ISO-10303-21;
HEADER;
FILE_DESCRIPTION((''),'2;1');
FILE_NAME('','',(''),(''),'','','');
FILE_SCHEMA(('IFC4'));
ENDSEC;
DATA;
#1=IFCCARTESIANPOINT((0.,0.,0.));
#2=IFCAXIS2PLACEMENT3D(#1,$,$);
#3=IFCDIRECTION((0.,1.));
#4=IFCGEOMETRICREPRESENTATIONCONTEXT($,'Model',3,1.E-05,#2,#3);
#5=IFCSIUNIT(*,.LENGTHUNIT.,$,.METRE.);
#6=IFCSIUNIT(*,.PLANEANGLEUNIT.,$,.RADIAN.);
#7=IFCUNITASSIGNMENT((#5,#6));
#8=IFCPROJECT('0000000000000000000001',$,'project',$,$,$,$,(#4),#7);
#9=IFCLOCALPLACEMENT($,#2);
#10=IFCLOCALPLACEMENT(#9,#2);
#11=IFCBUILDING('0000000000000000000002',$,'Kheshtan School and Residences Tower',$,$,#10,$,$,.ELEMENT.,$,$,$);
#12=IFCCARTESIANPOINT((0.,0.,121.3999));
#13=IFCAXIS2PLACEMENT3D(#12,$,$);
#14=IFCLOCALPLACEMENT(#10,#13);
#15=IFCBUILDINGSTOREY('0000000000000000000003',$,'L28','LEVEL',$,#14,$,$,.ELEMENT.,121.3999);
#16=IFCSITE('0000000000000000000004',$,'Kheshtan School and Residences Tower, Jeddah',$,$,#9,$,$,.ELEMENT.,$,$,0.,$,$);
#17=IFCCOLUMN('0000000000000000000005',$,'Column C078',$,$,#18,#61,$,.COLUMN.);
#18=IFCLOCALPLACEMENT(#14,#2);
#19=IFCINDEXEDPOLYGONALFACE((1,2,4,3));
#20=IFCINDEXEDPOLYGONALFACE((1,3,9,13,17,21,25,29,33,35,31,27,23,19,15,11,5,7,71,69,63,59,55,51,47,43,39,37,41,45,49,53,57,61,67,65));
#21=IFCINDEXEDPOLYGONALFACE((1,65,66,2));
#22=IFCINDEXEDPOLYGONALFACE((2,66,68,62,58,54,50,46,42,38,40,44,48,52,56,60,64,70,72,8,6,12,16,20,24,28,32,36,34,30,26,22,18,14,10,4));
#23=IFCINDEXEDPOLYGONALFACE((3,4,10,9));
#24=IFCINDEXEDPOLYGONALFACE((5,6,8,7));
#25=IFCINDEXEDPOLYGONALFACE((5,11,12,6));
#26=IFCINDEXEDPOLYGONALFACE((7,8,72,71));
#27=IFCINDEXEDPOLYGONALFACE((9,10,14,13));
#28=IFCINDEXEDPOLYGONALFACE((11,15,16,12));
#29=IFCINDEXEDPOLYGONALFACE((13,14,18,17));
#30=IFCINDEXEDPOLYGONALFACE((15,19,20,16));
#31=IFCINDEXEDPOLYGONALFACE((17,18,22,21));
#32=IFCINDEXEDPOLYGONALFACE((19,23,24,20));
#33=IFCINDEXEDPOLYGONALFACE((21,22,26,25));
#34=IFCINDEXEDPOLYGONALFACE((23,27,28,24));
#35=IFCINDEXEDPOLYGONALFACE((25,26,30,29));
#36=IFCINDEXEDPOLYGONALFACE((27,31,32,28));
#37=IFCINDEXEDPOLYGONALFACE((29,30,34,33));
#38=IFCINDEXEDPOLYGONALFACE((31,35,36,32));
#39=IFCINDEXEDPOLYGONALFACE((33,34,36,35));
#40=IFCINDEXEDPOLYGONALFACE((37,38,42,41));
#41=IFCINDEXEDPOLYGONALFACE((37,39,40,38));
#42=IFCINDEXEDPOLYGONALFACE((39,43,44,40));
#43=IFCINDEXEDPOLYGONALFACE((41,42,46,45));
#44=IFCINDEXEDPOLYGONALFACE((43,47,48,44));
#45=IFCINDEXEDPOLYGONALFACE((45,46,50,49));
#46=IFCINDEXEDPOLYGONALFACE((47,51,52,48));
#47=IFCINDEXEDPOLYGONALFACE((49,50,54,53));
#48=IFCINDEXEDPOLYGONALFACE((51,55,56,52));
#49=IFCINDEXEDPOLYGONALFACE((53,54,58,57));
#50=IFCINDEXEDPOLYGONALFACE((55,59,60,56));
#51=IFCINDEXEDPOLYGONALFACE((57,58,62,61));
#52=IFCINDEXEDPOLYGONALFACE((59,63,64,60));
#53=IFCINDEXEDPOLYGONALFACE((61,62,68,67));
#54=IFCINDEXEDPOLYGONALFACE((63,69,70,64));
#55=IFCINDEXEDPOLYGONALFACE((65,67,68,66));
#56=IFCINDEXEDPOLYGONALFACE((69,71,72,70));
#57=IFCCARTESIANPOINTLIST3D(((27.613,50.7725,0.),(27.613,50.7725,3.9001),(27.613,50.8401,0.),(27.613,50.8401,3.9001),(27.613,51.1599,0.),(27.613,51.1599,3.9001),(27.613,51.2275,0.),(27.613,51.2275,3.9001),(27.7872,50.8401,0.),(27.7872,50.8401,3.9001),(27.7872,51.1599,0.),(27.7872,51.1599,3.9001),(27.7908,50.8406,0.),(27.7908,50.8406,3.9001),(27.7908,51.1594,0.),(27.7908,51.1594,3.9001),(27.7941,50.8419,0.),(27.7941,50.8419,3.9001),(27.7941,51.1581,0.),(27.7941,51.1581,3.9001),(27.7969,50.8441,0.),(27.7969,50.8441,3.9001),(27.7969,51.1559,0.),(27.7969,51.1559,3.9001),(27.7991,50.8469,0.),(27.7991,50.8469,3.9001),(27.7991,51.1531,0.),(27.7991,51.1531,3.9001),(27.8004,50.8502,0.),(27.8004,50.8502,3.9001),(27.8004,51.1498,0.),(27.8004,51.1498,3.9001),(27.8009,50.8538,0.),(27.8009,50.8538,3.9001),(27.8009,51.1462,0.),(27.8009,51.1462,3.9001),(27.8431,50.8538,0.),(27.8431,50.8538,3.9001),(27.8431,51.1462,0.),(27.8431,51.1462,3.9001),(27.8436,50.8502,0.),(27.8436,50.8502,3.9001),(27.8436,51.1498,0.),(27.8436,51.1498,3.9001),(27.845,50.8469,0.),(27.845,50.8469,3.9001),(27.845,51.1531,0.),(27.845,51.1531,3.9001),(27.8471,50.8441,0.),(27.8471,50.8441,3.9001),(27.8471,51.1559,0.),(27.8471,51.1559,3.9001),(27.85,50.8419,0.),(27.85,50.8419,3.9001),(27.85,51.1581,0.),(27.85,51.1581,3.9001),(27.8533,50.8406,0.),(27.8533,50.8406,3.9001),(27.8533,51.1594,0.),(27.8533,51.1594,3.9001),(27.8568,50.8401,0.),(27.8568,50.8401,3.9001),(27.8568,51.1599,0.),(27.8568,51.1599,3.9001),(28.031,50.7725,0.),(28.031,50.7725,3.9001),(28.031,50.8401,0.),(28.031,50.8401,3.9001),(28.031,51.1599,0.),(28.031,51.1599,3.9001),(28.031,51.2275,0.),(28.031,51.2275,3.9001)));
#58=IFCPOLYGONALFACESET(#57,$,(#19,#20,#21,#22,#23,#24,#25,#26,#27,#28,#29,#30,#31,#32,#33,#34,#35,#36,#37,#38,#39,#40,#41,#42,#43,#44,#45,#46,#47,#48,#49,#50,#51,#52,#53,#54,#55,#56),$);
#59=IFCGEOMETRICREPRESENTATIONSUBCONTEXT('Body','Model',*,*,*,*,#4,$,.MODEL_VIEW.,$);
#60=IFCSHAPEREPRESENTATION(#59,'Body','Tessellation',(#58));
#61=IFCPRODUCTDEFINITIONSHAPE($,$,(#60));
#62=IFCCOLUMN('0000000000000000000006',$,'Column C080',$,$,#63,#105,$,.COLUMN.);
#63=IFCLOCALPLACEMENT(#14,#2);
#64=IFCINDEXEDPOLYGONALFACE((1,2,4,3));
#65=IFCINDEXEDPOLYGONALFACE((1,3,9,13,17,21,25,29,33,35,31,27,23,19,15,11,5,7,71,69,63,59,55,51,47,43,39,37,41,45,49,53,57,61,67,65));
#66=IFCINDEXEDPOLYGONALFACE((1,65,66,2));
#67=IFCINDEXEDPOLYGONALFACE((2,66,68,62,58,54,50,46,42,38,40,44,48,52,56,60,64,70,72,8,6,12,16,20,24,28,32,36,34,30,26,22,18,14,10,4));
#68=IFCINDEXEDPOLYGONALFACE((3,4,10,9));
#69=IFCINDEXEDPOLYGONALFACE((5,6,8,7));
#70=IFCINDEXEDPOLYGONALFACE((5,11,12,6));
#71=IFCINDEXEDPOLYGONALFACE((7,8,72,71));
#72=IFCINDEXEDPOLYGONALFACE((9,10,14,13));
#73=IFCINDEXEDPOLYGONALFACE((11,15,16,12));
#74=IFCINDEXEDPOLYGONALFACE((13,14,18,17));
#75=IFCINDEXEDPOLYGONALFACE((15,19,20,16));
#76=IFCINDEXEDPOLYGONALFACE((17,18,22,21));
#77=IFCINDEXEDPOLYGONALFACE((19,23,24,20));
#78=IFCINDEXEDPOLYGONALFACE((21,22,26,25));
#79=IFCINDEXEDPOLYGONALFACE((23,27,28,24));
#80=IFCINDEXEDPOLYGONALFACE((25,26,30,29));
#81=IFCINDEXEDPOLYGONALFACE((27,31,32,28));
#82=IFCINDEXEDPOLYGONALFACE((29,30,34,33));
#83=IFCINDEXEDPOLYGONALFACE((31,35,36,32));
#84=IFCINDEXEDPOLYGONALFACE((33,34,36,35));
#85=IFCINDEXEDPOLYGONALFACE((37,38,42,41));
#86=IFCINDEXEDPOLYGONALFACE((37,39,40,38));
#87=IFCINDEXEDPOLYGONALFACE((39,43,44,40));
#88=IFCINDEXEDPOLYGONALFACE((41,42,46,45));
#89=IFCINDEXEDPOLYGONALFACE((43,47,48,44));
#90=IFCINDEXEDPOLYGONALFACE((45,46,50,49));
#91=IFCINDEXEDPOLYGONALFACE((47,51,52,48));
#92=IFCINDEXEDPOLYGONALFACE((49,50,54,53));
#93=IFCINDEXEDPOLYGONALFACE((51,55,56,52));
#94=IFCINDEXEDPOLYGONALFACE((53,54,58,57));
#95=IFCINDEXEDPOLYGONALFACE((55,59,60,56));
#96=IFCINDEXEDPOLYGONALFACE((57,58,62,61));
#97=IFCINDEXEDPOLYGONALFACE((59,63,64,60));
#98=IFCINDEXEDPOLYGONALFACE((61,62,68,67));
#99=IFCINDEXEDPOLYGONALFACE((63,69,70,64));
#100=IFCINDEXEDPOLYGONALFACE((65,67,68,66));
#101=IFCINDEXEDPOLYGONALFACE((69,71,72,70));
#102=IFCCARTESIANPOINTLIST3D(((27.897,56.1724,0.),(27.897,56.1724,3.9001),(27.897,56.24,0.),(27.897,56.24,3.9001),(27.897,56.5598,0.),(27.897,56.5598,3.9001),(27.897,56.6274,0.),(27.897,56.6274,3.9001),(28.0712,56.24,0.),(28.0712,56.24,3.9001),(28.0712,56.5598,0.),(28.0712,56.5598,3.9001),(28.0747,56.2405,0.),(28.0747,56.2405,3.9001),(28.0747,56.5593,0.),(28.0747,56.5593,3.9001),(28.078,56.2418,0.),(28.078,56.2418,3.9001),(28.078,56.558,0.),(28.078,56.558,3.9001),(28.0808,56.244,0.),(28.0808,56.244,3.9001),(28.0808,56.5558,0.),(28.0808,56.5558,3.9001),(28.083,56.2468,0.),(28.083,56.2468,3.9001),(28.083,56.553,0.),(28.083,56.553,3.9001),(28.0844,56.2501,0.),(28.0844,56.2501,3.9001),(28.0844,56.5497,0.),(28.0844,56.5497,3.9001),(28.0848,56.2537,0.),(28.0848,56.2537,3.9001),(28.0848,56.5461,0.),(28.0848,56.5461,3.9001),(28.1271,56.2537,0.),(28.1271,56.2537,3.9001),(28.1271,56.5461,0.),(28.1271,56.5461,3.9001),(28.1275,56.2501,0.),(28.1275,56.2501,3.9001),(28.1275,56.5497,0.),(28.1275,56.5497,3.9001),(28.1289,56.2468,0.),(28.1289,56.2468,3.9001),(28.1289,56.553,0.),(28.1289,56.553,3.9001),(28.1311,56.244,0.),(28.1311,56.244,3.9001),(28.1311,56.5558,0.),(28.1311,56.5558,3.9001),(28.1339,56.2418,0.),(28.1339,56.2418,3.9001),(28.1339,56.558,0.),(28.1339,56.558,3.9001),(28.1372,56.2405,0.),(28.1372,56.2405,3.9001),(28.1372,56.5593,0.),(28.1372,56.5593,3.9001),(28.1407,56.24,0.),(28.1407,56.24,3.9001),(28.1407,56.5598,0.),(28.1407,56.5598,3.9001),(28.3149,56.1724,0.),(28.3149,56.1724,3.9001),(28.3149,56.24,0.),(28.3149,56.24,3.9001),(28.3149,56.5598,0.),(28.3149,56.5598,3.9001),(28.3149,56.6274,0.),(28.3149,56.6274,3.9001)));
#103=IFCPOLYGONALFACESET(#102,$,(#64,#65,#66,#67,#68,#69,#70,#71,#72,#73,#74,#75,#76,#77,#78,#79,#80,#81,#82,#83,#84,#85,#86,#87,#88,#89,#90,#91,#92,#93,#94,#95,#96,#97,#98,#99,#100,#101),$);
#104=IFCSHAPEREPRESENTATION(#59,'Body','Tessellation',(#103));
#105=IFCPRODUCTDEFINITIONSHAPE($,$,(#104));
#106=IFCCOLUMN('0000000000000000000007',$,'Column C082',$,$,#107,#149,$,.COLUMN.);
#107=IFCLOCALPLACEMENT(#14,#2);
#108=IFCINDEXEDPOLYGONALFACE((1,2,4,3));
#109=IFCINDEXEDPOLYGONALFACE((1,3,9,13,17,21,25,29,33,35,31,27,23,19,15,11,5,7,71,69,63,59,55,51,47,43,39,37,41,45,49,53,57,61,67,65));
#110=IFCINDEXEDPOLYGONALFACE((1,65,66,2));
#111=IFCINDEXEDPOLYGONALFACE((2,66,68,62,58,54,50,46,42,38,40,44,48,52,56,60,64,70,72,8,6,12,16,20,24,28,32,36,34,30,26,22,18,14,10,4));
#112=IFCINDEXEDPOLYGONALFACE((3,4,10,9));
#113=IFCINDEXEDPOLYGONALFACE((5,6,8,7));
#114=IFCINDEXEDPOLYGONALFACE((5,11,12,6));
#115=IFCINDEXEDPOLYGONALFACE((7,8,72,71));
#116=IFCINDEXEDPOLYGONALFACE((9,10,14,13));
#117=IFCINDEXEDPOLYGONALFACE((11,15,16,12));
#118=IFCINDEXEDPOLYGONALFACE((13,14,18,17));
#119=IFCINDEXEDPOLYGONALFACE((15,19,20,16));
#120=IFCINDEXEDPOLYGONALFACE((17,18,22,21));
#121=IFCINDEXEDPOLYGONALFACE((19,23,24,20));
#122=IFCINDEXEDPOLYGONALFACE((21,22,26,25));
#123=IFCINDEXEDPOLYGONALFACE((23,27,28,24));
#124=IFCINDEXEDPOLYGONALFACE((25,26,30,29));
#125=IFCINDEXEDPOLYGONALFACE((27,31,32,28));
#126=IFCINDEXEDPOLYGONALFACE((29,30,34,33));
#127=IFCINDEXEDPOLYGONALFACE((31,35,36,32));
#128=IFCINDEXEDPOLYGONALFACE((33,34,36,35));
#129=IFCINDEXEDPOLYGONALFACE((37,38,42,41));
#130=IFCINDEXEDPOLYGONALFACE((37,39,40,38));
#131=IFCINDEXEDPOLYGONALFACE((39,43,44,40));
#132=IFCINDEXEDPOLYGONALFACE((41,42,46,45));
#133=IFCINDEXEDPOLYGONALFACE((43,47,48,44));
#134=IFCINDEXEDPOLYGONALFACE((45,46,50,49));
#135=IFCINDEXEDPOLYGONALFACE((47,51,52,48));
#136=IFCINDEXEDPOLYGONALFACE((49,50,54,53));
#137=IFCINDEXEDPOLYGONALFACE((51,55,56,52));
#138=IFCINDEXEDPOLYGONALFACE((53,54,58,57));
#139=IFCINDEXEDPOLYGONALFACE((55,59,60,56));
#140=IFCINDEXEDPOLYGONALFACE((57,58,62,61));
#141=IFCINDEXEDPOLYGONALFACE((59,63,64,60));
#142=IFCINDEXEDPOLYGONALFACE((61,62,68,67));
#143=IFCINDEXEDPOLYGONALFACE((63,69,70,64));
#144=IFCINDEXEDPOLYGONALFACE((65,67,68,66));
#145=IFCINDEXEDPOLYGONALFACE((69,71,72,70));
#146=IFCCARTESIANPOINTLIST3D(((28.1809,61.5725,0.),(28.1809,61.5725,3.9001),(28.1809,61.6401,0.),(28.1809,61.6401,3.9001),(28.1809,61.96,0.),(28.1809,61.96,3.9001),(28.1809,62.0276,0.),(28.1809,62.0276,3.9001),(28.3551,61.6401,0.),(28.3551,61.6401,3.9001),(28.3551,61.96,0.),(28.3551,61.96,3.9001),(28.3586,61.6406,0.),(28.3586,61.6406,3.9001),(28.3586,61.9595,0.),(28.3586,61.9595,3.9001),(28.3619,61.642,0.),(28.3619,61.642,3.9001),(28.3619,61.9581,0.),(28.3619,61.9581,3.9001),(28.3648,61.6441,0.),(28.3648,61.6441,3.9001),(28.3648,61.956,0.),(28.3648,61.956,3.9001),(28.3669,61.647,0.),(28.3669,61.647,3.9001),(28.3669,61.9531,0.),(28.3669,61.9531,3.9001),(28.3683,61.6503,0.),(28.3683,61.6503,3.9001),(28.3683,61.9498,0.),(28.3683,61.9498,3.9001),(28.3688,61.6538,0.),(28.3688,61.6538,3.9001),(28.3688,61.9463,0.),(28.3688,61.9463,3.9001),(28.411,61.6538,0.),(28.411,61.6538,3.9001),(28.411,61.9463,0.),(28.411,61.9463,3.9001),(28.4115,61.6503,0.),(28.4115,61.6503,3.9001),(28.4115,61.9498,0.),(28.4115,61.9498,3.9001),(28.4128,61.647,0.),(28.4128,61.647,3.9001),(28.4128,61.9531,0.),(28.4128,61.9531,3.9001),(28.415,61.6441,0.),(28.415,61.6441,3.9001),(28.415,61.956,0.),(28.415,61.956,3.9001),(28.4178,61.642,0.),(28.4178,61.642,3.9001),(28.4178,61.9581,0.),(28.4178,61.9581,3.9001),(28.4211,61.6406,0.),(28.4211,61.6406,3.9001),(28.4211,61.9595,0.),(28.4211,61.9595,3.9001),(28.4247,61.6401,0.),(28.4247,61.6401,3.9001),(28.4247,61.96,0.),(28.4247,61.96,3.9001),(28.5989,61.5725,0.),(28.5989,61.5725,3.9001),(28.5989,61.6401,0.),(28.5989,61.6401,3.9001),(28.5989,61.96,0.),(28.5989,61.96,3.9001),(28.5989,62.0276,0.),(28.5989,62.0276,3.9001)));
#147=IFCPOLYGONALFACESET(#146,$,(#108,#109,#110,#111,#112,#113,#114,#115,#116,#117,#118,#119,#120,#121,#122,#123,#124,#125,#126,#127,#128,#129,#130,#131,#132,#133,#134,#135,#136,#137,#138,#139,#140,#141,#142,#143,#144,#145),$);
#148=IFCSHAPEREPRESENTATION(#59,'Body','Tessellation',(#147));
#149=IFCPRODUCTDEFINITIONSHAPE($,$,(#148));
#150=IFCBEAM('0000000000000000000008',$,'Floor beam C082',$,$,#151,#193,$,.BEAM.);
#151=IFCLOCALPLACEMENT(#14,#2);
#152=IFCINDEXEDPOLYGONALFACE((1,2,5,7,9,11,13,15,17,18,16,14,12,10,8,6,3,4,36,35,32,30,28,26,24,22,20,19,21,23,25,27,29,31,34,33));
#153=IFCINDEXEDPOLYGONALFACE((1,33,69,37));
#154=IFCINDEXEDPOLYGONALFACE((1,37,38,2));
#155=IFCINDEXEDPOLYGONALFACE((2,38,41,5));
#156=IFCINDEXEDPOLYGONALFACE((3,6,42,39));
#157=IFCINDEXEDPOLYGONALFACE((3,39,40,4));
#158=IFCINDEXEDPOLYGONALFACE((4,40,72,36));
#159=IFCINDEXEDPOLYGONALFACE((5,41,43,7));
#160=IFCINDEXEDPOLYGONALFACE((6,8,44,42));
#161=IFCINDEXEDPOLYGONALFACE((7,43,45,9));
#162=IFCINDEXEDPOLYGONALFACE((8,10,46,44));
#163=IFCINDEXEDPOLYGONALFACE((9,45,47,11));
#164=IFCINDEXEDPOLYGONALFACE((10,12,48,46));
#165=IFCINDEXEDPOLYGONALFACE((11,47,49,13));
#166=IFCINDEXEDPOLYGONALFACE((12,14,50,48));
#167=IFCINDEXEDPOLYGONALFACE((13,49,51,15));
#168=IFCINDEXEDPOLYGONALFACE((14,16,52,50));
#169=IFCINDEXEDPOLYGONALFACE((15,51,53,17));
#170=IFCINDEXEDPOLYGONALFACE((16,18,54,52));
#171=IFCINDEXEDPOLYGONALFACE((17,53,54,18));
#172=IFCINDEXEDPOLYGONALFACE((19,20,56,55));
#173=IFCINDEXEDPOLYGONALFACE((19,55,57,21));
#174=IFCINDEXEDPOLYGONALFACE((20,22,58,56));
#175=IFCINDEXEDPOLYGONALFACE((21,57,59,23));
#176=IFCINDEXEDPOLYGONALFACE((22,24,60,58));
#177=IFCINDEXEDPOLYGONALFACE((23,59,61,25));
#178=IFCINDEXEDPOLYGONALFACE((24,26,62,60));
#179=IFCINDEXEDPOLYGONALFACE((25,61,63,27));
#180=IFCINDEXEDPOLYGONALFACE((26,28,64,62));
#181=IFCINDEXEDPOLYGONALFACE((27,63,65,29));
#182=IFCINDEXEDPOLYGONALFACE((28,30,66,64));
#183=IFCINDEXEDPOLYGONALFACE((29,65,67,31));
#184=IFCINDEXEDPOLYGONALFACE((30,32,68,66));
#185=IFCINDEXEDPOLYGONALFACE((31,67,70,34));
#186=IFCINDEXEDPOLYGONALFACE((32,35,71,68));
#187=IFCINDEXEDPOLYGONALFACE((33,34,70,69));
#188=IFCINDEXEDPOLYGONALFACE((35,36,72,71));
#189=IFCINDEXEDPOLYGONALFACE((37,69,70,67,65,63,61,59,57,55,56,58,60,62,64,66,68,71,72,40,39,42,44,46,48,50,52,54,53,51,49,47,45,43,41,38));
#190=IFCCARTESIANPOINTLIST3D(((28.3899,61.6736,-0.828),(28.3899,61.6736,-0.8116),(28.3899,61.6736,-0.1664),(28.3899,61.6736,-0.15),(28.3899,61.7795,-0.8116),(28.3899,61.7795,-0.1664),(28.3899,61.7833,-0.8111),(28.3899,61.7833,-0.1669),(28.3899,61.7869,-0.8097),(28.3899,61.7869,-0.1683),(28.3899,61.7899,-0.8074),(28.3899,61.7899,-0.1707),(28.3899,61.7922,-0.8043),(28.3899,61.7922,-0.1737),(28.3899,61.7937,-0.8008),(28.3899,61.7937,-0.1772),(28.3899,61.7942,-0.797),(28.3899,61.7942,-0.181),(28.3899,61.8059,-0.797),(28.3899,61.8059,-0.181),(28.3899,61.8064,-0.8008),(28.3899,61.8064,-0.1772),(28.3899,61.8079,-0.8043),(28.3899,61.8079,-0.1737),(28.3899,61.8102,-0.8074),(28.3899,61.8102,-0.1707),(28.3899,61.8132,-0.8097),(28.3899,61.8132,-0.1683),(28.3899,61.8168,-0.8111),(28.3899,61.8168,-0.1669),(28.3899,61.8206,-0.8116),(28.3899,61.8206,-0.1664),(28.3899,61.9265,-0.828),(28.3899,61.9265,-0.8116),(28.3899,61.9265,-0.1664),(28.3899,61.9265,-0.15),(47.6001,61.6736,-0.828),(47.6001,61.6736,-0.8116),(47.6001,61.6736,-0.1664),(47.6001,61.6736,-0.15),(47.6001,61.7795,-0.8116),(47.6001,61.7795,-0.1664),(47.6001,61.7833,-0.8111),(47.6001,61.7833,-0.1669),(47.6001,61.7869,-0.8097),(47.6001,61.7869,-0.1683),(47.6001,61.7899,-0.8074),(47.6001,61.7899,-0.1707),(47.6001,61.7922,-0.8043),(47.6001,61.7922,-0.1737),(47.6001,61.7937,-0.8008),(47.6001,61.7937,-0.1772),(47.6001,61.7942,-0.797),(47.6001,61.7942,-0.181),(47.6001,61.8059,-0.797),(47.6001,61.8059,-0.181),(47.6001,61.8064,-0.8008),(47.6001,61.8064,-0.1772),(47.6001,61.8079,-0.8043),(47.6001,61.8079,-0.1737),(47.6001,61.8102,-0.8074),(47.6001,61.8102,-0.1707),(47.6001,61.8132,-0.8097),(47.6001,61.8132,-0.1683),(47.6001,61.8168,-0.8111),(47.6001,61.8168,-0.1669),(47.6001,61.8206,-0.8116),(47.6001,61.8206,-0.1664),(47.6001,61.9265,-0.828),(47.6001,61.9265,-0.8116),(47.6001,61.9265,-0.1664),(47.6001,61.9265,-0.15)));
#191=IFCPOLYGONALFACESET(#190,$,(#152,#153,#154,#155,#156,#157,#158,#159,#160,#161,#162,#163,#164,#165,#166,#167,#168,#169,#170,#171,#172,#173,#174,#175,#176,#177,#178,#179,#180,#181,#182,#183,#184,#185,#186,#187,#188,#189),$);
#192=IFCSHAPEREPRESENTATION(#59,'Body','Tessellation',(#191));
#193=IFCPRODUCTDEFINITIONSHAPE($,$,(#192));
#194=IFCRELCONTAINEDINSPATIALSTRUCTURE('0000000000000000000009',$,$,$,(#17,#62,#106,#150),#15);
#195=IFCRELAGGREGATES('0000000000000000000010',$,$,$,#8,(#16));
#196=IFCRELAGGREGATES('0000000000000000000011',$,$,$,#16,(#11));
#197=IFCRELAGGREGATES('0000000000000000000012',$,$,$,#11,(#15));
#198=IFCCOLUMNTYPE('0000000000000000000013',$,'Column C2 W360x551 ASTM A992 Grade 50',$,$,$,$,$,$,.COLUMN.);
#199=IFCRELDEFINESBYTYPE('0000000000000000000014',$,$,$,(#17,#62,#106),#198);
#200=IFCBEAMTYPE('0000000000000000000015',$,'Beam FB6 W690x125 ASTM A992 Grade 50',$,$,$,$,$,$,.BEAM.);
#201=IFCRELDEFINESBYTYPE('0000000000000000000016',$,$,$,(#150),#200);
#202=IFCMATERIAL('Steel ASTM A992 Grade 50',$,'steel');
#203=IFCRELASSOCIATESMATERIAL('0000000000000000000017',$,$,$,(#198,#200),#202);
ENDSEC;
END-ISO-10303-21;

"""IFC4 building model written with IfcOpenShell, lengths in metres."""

from ifc_helpers import new_model, si_unit, direction, frame, origin, origin_2d, place, context, subcontext, project, spatial, i_section, extrude, material, material_profile, profile_set, type_object, element, save


model = new_model("IFC4")

# Units and contexts
model_context = context("Model", 3, precision=1e-05, world=origin(), true_north=direction((0.0, 1.0)))
body_context = subcontext(model_context, "Body", "Model", "MODEL_VIEW")
ifc_project = project(units=[si_unit("LENGTHUNIT", "METRE"), si_unit("PLANEANGLEUNIT", "RADIAN")], contexts=[model_context])

# Site, building, storey
site_placement = place(None, origin())
site = spatial("IfcSite", under=ifc_project, at=site_placement, Name="Kheshtan School and Residences Tower, Jeddah", CompositionType="ELEMENT", RefElevation=0.0)
building_placement = place(site_placement, origin())
building = spatial("IfcBuilding", under=site, at=building_placement, Name="Kheshtan School and Residences Tower", CompositionType="ELEMENT")
storey_placement = place(building_placement, frame((0.0, 0.0, 121.3999)))
storey = spatial("IfcBuildingStorey", under=building, at=storey_placement, Name="L28", Description="LEVEL", CompositionType="ELEMENT", Elevation=121.3999)

# Columns
ifc_material_1 = material(Name="Steel ASTM A992 Grade 50", Category="steel")
ifc_material_profile_1 = material_profile(ifc_material_1, i_section(OverallWidth=0.418, OverallDepth=0.4551, WebThickness=0.0422, FlangeThickness=0.0676, FilletRadius=0.0137, at=origin_2d()), Name="W360x551")
ifc_profile_set_1 = profile_set([ifc_material_profile_1], Name="Steel ASTM A992 Grade 50")
column_type = type_object("IfcColumnType", Name="Column C2 W360x551 ASTM A992 Grade 50", PredefinedType="COLUMN", material=ifc_profile_set_1)
for number, where, z_axis, x_axis, name in (
    (1, (27.822, 51.0, 0.0), (0.0, 0.0, 1.0), (1.0, 0.0, 0.0), "Column C078"),
    (2, (28.106, 56.3999, 0.0), (0.0, 0.0, 1.0), (1.0, 0.0, 0.0), "Column C080"),
    (3, (28.3899, 61.8, 0.0), (0.0, 0.0, 1.0), (1.0, 0.0, 0.0), "Column C082"),
):
    element("IfcColumn", number, at=place(storey_placement, frame(where, z_axis=z_axis, x_axis=x_axis)), inside=storey, type_object=column_type, Name=name, PredefinedType="COLUMN", context=body_context, shape_type="SweptSolid", body=[
        extrude(i_section(OverallWidth=0.418, OverallDepth=0.4551, WebThickness=0.0422, FlangeThickness=0.0676, FilletRadius=0.0137, at=origin_2d()), origin(), (0.0, 0.0, 1.0), 3.9001),
    ])

# Beam
ifc_material_profile_2 = material_profile(ifc_material_1, i_section(OverallWidth=0.2529, OverallDepth=0.678, WebThickness=0.0117, FlangeThickness=0.0164, FilletRadius=0.0146, at=origin_2d()), Name="W690x125")
ifc_profile_set_2 = profile_set([ifc_material_profile_2], Name="Steel ASTM A992 Grade 50")
beam_type_1 = type_object("IfcBeamType", Name="Beam FB6 W690x125 ASTM A992 Grade 50", PredefinedType="BEAM", material=ifc_profile_set_2)
beam_1_placement = place(storey_placement, frame((28.3899, 61.8, -0.489), z_axis=(1.0, 0.0, 0.0), x_axis=(0.0, 1.0, 0.0)))
element("IfcBeam", 4, at=beam_1_placement, inside=storey, type_object=beam_type_1, Name="Floor beam C082", PredefinedType="BEAM", context=body_context, shape_type="SweptSolid", body=[
    extrude(i_section(OverallWidth=0.2529, OverallDepth=0.678, WebThickness=0.0117, FlangeThickness=0.0164, FilletRadius=0.0146, at=origin_2d()), origin(), (0.0, 0.0, 1.0), 19.2102),
])

save(model, "model.ifc")
